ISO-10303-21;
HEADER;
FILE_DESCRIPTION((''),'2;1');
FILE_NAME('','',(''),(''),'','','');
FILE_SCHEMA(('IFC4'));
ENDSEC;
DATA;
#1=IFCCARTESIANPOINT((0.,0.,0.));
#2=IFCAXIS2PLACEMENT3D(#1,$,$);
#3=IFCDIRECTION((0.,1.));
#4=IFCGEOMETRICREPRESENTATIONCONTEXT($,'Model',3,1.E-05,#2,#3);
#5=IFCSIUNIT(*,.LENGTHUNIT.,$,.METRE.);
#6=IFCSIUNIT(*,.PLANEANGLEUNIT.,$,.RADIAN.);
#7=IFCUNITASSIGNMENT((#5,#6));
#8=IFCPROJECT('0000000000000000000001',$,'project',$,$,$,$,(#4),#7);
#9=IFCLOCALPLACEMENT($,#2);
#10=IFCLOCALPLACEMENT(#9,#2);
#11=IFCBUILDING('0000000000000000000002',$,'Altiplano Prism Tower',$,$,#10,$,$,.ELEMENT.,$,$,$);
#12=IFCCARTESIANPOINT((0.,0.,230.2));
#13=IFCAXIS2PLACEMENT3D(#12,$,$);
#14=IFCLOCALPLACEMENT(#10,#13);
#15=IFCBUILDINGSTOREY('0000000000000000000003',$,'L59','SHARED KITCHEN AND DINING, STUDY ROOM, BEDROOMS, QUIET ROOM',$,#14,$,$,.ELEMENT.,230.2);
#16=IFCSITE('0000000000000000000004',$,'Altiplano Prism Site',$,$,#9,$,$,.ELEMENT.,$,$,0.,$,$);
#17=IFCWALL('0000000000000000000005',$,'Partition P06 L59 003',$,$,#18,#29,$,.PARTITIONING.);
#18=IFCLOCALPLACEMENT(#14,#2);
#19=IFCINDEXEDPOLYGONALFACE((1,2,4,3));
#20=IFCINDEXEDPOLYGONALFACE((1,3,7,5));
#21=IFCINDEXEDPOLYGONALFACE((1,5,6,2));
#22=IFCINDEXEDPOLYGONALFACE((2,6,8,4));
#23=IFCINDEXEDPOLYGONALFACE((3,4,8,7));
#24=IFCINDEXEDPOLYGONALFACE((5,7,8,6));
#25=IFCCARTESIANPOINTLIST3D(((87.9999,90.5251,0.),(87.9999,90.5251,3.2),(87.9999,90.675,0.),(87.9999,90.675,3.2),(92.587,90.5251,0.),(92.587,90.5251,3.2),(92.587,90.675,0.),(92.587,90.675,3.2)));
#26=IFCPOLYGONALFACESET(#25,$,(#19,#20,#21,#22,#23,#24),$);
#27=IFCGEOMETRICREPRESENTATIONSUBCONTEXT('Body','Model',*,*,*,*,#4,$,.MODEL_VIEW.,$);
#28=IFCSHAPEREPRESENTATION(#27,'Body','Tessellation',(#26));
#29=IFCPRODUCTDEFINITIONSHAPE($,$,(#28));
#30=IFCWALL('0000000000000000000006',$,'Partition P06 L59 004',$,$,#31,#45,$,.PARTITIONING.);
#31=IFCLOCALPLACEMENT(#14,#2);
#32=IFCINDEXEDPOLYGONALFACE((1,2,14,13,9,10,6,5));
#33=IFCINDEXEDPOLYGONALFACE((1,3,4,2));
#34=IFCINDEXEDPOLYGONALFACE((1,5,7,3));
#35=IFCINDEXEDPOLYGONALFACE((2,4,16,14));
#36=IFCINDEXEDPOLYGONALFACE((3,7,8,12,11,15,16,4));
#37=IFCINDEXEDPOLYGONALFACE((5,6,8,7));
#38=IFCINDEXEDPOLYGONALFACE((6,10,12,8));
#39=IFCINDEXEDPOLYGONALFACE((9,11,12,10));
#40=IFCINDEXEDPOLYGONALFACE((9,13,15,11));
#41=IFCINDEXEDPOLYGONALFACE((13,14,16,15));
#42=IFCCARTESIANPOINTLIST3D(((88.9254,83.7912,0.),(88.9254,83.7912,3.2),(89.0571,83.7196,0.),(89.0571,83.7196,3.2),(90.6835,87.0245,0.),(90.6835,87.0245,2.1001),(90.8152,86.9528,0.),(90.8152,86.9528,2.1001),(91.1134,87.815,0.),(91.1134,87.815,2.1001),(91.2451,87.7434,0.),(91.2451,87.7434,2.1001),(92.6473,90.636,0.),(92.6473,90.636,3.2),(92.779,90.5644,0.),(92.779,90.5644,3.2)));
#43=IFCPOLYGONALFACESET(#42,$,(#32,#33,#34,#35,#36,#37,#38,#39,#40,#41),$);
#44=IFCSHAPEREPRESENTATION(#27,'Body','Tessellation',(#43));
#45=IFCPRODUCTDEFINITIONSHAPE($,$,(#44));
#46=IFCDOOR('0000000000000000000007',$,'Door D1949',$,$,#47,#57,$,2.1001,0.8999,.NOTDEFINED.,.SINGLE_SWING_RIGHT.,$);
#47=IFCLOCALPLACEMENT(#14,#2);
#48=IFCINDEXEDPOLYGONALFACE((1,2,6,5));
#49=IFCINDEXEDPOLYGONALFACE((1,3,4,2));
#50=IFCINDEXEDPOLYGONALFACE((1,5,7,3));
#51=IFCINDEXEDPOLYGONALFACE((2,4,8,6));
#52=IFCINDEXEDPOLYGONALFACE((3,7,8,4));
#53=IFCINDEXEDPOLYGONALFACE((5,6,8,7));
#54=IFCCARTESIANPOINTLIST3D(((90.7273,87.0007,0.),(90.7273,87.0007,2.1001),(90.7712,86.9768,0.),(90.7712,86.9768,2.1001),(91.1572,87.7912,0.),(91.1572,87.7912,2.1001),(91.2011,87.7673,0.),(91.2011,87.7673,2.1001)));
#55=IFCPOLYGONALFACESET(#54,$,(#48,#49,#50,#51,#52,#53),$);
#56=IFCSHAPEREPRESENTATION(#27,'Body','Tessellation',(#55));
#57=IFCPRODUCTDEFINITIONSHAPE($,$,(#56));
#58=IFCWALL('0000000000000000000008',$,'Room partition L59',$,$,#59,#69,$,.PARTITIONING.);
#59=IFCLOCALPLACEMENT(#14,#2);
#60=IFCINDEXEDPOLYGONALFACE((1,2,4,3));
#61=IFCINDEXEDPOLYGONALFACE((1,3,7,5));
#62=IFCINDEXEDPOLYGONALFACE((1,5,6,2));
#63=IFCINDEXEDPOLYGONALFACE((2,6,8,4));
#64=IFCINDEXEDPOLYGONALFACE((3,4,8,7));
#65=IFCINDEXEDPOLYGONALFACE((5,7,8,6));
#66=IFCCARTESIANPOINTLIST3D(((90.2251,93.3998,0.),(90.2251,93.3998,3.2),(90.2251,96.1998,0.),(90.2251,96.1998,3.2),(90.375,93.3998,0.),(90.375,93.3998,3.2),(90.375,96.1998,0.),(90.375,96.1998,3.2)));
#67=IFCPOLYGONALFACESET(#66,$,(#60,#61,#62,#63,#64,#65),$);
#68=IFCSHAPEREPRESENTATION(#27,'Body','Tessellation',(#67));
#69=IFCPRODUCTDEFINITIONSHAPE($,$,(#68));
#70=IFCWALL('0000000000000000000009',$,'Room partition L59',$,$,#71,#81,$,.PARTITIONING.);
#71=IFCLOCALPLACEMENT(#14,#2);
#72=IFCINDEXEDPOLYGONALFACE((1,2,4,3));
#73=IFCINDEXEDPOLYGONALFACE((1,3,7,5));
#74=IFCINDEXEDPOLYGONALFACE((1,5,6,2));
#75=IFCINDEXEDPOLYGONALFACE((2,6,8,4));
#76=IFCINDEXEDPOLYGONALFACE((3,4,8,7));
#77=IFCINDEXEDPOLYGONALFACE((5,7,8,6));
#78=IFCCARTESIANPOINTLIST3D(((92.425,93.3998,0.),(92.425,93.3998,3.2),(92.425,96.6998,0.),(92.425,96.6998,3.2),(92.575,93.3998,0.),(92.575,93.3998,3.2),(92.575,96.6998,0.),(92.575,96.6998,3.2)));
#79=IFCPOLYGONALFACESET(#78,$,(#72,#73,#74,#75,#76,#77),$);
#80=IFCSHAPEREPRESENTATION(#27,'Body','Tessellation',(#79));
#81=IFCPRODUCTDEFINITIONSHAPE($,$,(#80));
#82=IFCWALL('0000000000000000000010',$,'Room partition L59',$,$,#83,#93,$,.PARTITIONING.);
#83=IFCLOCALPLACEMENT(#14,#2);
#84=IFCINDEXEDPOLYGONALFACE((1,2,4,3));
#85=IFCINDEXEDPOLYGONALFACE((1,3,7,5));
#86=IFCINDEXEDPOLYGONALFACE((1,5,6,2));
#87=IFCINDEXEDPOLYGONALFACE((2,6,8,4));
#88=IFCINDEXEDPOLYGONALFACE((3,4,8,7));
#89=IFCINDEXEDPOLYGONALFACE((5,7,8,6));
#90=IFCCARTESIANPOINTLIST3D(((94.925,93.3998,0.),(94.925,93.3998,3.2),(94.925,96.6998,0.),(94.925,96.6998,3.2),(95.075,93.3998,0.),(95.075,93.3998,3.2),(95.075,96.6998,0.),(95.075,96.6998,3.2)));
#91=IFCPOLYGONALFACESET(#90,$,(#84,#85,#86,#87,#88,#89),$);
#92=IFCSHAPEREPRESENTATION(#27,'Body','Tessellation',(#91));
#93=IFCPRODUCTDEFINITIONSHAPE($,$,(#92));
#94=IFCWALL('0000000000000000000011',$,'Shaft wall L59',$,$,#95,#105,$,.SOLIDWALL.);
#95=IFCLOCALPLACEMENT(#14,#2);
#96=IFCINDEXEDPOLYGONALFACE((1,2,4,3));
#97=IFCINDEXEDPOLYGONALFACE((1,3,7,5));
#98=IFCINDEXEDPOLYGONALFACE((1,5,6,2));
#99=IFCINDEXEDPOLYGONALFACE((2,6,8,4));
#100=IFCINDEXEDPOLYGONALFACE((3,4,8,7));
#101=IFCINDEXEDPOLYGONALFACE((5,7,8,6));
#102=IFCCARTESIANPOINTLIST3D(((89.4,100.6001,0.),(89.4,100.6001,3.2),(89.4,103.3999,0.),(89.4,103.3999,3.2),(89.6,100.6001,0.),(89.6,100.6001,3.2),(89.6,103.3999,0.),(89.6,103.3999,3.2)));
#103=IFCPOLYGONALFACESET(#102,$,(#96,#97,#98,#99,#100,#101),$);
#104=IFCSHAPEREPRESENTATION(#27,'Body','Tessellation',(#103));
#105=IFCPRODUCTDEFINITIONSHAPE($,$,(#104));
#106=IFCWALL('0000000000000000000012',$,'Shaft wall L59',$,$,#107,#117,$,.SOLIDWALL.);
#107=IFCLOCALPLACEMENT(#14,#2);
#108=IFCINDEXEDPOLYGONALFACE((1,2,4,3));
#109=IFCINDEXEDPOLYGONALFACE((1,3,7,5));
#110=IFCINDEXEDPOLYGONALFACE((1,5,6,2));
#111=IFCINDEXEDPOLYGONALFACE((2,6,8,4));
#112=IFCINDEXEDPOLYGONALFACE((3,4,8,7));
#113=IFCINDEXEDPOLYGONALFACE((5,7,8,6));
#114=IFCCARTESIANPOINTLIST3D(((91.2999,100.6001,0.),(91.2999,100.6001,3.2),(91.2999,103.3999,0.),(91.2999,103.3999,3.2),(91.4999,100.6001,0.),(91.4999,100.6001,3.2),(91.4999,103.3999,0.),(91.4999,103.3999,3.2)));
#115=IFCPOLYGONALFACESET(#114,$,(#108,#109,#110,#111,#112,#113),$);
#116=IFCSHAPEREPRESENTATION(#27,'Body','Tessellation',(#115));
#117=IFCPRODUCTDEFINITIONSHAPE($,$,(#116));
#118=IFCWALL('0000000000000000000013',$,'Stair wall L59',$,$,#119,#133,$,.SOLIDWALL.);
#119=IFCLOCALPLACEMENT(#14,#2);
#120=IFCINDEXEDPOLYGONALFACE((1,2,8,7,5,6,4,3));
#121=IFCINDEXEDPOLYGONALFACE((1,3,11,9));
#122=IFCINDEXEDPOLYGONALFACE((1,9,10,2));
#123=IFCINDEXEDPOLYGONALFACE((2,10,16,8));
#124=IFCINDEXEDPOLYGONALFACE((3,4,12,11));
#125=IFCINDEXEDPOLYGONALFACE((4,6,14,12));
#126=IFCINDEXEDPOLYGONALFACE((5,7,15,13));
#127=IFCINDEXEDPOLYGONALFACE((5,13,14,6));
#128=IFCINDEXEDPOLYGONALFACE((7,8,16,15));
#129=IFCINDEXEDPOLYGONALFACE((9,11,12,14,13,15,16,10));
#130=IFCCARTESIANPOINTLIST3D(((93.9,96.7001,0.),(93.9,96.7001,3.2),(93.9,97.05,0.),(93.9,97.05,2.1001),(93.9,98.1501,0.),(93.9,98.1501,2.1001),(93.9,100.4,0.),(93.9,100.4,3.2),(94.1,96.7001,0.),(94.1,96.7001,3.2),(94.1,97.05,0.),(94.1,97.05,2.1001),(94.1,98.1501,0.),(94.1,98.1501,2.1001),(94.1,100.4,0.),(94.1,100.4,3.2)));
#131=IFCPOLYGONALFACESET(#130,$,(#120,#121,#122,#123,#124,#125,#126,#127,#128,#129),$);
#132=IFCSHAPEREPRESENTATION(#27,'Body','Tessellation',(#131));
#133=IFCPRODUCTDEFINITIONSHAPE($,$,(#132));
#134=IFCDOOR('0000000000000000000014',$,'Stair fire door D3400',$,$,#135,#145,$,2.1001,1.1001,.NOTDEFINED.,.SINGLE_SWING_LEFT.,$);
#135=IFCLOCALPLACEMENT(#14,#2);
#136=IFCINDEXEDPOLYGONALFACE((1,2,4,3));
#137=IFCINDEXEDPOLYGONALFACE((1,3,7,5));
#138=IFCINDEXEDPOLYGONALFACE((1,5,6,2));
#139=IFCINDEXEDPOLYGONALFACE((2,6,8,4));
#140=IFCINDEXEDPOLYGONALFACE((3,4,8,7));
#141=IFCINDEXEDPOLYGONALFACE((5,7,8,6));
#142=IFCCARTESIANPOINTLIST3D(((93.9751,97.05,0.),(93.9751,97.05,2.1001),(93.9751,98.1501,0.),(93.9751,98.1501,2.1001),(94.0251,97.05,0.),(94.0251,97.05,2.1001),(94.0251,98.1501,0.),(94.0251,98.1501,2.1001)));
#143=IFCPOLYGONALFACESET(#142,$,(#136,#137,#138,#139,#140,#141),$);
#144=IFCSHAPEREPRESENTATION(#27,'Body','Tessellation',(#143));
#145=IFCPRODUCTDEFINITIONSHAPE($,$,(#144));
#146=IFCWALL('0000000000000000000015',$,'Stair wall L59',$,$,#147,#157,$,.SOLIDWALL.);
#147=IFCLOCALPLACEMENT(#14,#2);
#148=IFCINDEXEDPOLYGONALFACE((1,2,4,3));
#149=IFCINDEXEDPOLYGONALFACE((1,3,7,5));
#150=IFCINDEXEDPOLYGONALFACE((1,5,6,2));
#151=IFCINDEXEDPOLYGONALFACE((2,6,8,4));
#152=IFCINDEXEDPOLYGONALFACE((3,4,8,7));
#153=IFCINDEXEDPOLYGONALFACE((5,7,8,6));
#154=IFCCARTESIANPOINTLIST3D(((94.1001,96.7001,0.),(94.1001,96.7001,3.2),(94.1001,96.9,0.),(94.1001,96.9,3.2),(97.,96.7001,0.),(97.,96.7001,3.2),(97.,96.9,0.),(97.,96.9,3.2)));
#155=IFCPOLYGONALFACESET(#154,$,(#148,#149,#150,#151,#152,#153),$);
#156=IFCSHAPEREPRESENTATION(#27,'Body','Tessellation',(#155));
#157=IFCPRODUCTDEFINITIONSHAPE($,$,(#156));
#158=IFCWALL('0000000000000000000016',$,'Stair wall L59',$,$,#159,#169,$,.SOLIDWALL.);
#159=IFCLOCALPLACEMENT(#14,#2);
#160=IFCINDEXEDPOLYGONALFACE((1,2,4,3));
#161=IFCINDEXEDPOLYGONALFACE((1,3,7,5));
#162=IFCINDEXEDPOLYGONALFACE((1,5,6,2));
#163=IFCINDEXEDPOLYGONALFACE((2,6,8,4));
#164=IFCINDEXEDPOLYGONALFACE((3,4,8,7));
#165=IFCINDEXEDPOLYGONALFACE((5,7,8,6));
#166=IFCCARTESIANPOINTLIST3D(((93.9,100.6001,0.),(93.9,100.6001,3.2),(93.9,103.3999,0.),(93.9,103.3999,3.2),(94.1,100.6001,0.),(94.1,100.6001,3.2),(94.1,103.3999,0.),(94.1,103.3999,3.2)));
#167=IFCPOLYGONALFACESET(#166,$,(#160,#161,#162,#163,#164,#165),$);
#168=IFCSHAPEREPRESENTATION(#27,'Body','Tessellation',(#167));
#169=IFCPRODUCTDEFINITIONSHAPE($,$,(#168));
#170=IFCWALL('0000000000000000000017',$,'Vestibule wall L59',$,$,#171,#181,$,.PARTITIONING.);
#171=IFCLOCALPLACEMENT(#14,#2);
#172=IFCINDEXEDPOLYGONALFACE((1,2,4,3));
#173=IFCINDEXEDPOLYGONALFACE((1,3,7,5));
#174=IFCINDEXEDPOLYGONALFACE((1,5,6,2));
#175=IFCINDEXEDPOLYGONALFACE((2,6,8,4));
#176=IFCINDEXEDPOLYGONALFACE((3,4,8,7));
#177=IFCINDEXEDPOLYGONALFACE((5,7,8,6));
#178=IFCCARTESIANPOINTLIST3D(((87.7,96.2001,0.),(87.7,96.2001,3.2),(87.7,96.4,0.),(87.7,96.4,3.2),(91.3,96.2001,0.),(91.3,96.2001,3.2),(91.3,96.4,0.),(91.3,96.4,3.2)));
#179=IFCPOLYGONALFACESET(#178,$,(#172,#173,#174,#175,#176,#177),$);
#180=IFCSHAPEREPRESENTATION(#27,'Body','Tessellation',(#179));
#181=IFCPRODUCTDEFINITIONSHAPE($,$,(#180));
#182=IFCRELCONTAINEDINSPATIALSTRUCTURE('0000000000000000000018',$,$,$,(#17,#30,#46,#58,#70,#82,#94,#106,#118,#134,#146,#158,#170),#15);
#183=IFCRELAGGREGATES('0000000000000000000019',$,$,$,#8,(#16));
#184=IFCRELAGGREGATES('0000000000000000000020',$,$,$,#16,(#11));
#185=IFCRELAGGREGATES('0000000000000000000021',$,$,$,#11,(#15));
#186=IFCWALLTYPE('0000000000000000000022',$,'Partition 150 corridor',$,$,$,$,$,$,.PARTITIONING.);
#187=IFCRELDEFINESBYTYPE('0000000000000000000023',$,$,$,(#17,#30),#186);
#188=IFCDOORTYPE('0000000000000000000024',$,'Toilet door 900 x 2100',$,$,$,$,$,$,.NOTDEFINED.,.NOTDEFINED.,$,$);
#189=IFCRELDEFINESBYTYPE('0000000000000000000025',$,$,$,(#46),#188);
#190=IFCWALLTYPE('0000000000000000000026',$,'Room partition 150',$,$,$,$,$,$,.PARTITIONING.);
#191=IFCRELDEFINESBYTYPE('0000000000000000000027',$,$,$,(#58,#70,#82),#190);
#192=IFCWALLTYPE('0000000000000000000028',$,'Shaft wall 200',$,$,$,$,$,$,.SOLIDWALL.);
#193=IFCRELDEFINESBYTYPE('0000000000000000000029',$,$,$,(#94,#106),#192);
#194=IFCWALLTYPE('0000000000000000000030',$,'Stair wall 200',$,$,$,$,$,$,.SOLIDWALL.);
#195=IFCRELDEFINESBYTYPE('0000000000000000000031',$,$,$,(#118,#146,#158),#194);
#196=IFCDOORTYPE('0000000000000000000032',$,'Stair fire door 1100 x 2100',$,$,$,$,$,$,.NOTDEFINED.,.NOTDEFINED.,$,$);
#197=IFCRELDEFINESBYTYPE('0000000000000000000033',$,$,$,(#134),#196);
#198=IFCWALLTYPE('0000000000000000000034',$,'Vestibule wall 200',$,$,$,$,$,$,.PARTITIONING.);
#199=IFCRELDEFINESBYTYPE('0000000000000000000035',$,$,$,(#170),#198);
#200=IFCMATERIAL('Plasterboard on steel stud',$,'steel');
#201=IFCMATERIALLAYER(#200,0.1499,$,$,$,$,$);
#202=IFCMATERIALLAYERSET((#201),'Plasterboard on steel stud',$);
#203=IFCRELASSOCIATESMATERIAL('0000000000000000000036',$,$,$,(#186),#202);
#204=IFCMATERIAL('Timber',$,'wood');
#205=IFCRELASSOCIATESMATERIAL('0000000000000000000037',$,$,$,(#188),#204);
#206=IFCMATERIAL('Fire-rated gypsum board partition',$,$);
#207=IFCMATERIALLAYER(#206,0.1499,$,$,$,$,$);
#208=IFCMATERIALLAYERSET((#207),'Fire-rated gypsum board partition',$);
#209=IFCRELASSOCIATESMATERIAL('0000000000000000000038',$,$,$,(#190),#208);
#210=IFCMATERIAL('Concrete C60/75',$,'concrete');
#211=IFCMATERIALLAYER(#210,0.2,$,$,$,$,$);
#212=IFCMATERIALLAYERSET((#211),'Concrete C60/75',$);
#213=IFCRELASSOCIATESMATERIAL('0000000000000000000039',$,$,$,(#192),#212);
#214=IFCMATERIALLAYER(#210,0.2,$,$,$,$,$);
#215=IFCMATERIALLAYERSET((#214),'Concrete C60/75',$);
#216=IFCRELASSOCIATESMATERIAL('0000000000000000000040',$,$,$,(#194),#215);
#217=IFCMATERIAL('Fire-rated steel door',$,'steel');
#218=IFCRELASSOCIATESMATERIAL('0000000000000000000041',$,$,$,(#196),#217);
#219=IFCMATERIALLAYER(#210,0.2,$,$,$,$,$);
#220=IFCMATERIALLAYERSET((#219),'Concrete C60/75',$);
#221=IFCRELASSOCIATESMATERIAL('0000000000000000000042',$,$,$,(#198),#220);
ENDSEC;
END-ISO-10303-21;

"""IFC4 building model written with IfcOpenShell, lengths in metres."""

from ifc_helpers import new_model, si_unit, direction, frame, frame_2d, origin, place, context, subcontext, project, spatial, rectangle, extrude, material, layer, layer_set, type_object, element, fill, save


model = new_model("IFC4")

# Units and contexts
model_context = context("Model", 3, precision=1e-05, world=origin(), true_north=direction((0.0, 1.0)))
body_context = subcontext(model_context, "Body", "Model", "MODEL_VIEW")
ifc_project = project(units=[si_unit("LENGTHUNIT", "METRE"), si_unit("PLANEANGLEUNIT", "RADIAN")], contexts=[model_context])

# Site, building, storey
site_placement = place(None, origin())
site = spatial("IfcSite", under=ifc_project, at=site_placement, Name="Altiplano Prism Site", CompositionType="ELEMENT", RefElevation=0.0)
building_placement = place(site_placement, origin())
building = spatial("IfcBuilding", under=site, at=building_placement, Name="Altiplano Prism Tower", CompositionType="ELEMENT")
storey_placement = place(building_placement, frame((0.0, 0.0, 230.2)))
storey = spatial("IfcBuildingStorey", under=building, at=storey_placement, Name="L59", Description="SHARED KITCHEN AND DINING, STUDY ROOM, BEDROOMS, QUIET ROOM", CompositionType="ELEMENT", Elevation=230.2)

# Wall
ifc_material_1 = material(Name="Plasterboard on steel stud", Category="steel")
ifc_layer_1 = layer(ifc_material_1, 0.1499)
ifc_layer_set_1 = layer_set([ifc_layer_1], Name="Plasterboard on steel stud")
wall_type_1 = type_object("IfcWallType", Name="Partition 150 corridor", PredefinedType="PARTITIONING", material=ifc_layer_set_1)
wall_1_placement = place(storey_placement, frame((88.0, 90.6001, 0.0), z_axis=(0.0, 0.0, 1.0), x_axis=(1.0, 0.0, 0.0)))
element("IfcWall", 1, at=wall_1_placement, inside=storey, type_object=wall_type_1, Name="Partition P06 L59 003", PredefinedType="PARTITIONING", context=body_context, shape_type="SweptSolid", body=[
    extrude(rectangle(XDim=4.5872, YDim=0.1499, at=frame_2d((2.2935, 0.0))), origin(), (0.0, 0.0, 1.0), 3.2),
])

# Wall, opening, door
wall_2_placement = place(storey_placement, frame((92.7131, 90.6001, 0.0), z_axis=(0.0, 0.0, 1.0), x_axis=(-0.477708, -0.878519, 0.0)))
wall_2 = element("IfcWall", 2, at=wall_2_placement, inside=storey, type_object=wall_type_1, Name="Partition P06 L59 004", PredefinedType="PARTITIONING", context=body_context, shape_type="SweptSolid", body=[
    extrude(rectangle(XDim=7.7913, YDim=0.1499, at=frame_2d((3.8955, 0.0))), origin(), (0.0, 0.0, 1.0), 3.2),
])
opening_1_placement = place(wall_2_placement, frame((3.2109, 0.0, 0.0)))
opening_1 = element("IfcOpeningElement", 3, at=opening_1_placement, cuts=wall_2, PredefinedType="OPENING", context=body_context, shape_type="SweptSolid", body=[
    extrude(rectangle(XDim=0.8999, YDim=2.1001, at=frame_2d((0.45, 1.05))), frame((0.0, 0.0854, 0.0), z_axis=(0.0, -1.0, 0.0), x_axis=(1.0, 0.0, 0.0)), (0.0, 0.0, 1.0), 0.1709),
])
ifc_material_2 = material(Name="Timber", Category="wood")
door_type_1 = type_object("IfcDoorType", Name="Toilet door 900 x 2100", OperationType="NOTDEFINED", PredefinedType="NOTDEFINED", material=ifc_material_2)
door_1_placement = place(opening_1_placement, origin())
door_1 = element("IfcDoor", 4, at=door_1_placement, inside=storey, type_object=door_type_1, Name="Door D1949", OperationType="SINGLE_SWING_RIGHT", OverallHeight=2.1001, OverallWidth=0.8999, PredefinedType="NOTDEFINED", context=body_context, shape_type="SweptSolid", body=[
    extrude(rectangle(XDim=0.8999, YDim=2.1001, at=frame_2d((0.45, 1.05))), frame((0.0, 0.0249, 0.0), z_axis=(0.0, -1.0, 0.0), x_axis=(1.0, 0.0, 0.0)), (0.0, 0.0, 1.0), 0.05),
])
fill(opening_1, door_1)

# Walls
ifc_material_3 = material(Name="Fire-rated gypsum board partition")
ifc_layer_2 = layer(ifc_material_3, 0.1499)
ifc_layer_set_2 = layer_set([ifc_layer_2], Name="Fire-rated gypsum board partition")
wall_type_2 = type_object("IfcWallType", Name="Room partition 150", PredefinedType="PARTITIONING", material=ifc_layer_set_2)
wall_3_placement = place(storey_placement, frame((90.3, 93.3999, 0.0), z_axis=(0.0, 0.0, 1.0), x_axis=(0.0, 1.0, 0.0)))
element("IfcWall", 5, at=wall_3_placement, inside=storey, type_object=wall_type_2, Name="Room partition L59", PredefinedType="PARTITIONING", context=body_context, shape_type="SweptSolid", body=[
    extrude(rectangle(XDim=2.8, YDim=0.1499, at=frame_2d((1.3999, 0.0))), origin(), (0.0, 0.0, 1.0), 3.2),
])
for number, where, z_axis, x_axis, name in (
    (6, (92.5, 93.3999, 0.0), (0.0, 0.0, 1.0), (0.0, 1.0, 0.0), "Room partition L59"),
    (7, (95.0, 93.3999, 0.0), (0.0, 0.0, 1.0), (0.0, 1.0, 0.0), "Room partition L59"),
):
    element("IfcWall", number, at=place(storey_placement, frame(where, z_axis=z_axis, x_axis=x_axis)), inside=storey, type_object=wall_type_2, Name=name, PredefinedType="PARTITIONING", context=body_context, shape_type="SweptSolid", body=[
        extrude(rectangle(XDim=3.3, YDim=0.1499, at=frame_2d((1.6499, 0.0))), origin(), (0.0, 0.0, 1.0), 3.2),
    ])
ifc_material_4 = material(Name="Concrete C60/75", Category="concrete")
ifc_layer_3 = layer(ifc_material_4, 0.2)
ifc_layer_set_3 = layer_set([ifc_layer_3], Name="Concrete C60/75")
wall_type_3 = type_object("IfcWallType", Name="Shaft wall 200", PredefinedType="SOLIDWALL", material=ifc_layer_set_3)
for number, where, z_axis, x_axis, name in (
    (8, (89.5, 100.6001, 0.0), (0.0, 0.0, 1.0), (0.0, 1.0, 0.0), "Shaft wall L59"),
    (9, (91.3999, 100.6001, 0.0), (0.0, 0.0, 1.0), (0.0, 1.0, 0.0), "Shaft wall L59"),
):
    element("IfcWall", number, at=place(storey_placement, frame(where, z_axis=z_axis, x_axis=x_axis)), inside=storey, type_object=wall_type_3, Name=name, PredefinedType="SOLIDWALL", context=body_context, shape_type="SweptSolid", body=[
        extrude(rectangle(XDim=2.7998, YDim=0.2, at=frame_2d((1.3999, 0.0))), origin(), (0.0, 0.0, 1.0), 3.2),
    ])

# Wall, opening, door
ifc_layer_4 = layer(ifc_material_4, 0.2)
ifc_layer_set_4 = layer_set([ifc_layer_4], Name="Concrete C60/75")
wall_type_4 = type_object("IfcWallType", Name="Stair wall 200", PredefinedType="SOLIDWALL", material=ifc_layer_set_4)
wall_4_placement = place(storey_placement, frame((94.0, 96.7, 0.0), z_axis=(0.0, 0.0, 1.0), x_axis=(0.0, 1.0, 0.0)))
wall_4 = element("IfcWall", 10, at=wall_4_placement, inside=storey, type_object=wall_type_4, Name="Stair wall L59", PredefinedType="SOLIDWALL", context=body_context, shape_type="SweptSolid", body=[
    extrude(rectangle(XDim=3.7, YDim=0.2, at=frame_2d((1.8501, 0.0))), origin(), (0.0, 0.0, 1.0), 3.2),
])
opening_2_placement = place(wall_4_placement, frame((0.3501, 0.0, 0.0)))
opening_2 = element("IfcOpeningElement", 11, at=opening_2_placement, cuts=wall_4, PredefinedType="OPENING", context=body_context, shape_type="SweptSolid", body=[
    extrude(rectangle(XDim=1.1001, YDim=2.1001, at=frame_2d((0.55, 1.05))), frame((0.0, 0.1104, 0.0), z_axis=(0.0, -1.0, 0.0), x_axis=(1.0, 0.0, 0.0)), (0.0, 0.0, 1.0), 0.2209),
])
ifc_material_5 = material(Name="Fire-rated steel door", Category="steel")
door_type_2 = type_object("IfcDoorType", Name="Stair fire door 1100 x 2100", OperationType="NOTDEFINED", PredefinedType="NOTDEFINED", material=ifc_material_5)
door_2_placement = place(opening_2_placement, origin())
door_2 = element("IfcDoor", 12, at=door_2_placement, inside=storey, type_object=door_type_2, Name="Stair fire door D3400", OperationType="SINGLE_SWING_LEFT", OverallHeight=2.1001, OverallWidth=1.1001, PredefinedType="NOTDEFINED", context=body_context, shape_type="SweptSolid", body=[
    extrude(rectangle(XDim=1.1001, YDim=2.1001, at=frame_2d((0.55, 1.05))), frame((0.0, 0.0249, 0.0), z_axis=(0.0, -1.0, 0.0), x_axis=(1.0, 0.0, 0.0)), (0.0, 0.0, 1.0), 0.05),
])
fill(opening_2, door_2)

# Walls
wall_5_placement = place(storey_placement, frame((94.1001, 96.8, 0.0), z_axis=(0.0, 0.0, 1.0), x_axis=(1.0, 0.0, 0.0)))
element("IfcWall", 13, at=wall_5_placement, inside=storey, type_object=wall_type_4, Name="Stair wall L59", PredefinedType="SOLIDWALL", context=body_context, shape_type="SweptSolid", body=[
    extrude(rectangle(XDim=2.8999, YDim=0.2, at=frame_2d((1.45, 0.0))), origin(), (0.0, 0.0, 1.0), 3.2),
])
wall_6_placement = place(storey_placement, frame((94.0, 100.6001, 0.0), z_axis=(0.0, 0.0, 1.0), x_axis=(0.0, 1.0, 0.0)))
element("IfcWall", 14, at=wall_6_placement, inside=storey, type_object=wall_type_4, Name="Stair wall L59", PredefinedType="SOLIDWALL", context=body_context, shape_type="SweptSolid", body=[
    extrude(rectangle(XDim=2.7998, YDim=0.2, at=frame_2d((1.3999, 0.0))), origin(), (0.0, 0.0, 1.0), 3.2),
])
ifc_layer_5 = layer(ifc_material_4, 0.2)
ifc_layer_set_5 = layer_set([ifc_layer_5], Name="Concrete C60/75")
wall_type_5 = type_object("IfcWallType", Name="Vestibule wall 200", PredefinedType="PARTITIONING", material=ifc_layer_set_5)
wall_7_placement = place(storey_placement, frame((87.7, 96.3, 0.0), z_axis=(0.0, 0.0, 1.0), x_axis=(1.0, 0.0, 0.0)))
element("IfcWall", 15, at=wall_7_placement, inside=storey, type_object=wall_type_5, Name="Vestibule wall L59", PredefinedType="PARTITIONING", context=body_context, shape_type="SweptSolid", body=[
    extrude(rectangle(XDim=3.6001, YDim=0.2, at=frame_2d((1.8, 0.0))), origin(), (0.0, 0.0, 1.0), 3.2),
])

save(model, "model.ifc")
